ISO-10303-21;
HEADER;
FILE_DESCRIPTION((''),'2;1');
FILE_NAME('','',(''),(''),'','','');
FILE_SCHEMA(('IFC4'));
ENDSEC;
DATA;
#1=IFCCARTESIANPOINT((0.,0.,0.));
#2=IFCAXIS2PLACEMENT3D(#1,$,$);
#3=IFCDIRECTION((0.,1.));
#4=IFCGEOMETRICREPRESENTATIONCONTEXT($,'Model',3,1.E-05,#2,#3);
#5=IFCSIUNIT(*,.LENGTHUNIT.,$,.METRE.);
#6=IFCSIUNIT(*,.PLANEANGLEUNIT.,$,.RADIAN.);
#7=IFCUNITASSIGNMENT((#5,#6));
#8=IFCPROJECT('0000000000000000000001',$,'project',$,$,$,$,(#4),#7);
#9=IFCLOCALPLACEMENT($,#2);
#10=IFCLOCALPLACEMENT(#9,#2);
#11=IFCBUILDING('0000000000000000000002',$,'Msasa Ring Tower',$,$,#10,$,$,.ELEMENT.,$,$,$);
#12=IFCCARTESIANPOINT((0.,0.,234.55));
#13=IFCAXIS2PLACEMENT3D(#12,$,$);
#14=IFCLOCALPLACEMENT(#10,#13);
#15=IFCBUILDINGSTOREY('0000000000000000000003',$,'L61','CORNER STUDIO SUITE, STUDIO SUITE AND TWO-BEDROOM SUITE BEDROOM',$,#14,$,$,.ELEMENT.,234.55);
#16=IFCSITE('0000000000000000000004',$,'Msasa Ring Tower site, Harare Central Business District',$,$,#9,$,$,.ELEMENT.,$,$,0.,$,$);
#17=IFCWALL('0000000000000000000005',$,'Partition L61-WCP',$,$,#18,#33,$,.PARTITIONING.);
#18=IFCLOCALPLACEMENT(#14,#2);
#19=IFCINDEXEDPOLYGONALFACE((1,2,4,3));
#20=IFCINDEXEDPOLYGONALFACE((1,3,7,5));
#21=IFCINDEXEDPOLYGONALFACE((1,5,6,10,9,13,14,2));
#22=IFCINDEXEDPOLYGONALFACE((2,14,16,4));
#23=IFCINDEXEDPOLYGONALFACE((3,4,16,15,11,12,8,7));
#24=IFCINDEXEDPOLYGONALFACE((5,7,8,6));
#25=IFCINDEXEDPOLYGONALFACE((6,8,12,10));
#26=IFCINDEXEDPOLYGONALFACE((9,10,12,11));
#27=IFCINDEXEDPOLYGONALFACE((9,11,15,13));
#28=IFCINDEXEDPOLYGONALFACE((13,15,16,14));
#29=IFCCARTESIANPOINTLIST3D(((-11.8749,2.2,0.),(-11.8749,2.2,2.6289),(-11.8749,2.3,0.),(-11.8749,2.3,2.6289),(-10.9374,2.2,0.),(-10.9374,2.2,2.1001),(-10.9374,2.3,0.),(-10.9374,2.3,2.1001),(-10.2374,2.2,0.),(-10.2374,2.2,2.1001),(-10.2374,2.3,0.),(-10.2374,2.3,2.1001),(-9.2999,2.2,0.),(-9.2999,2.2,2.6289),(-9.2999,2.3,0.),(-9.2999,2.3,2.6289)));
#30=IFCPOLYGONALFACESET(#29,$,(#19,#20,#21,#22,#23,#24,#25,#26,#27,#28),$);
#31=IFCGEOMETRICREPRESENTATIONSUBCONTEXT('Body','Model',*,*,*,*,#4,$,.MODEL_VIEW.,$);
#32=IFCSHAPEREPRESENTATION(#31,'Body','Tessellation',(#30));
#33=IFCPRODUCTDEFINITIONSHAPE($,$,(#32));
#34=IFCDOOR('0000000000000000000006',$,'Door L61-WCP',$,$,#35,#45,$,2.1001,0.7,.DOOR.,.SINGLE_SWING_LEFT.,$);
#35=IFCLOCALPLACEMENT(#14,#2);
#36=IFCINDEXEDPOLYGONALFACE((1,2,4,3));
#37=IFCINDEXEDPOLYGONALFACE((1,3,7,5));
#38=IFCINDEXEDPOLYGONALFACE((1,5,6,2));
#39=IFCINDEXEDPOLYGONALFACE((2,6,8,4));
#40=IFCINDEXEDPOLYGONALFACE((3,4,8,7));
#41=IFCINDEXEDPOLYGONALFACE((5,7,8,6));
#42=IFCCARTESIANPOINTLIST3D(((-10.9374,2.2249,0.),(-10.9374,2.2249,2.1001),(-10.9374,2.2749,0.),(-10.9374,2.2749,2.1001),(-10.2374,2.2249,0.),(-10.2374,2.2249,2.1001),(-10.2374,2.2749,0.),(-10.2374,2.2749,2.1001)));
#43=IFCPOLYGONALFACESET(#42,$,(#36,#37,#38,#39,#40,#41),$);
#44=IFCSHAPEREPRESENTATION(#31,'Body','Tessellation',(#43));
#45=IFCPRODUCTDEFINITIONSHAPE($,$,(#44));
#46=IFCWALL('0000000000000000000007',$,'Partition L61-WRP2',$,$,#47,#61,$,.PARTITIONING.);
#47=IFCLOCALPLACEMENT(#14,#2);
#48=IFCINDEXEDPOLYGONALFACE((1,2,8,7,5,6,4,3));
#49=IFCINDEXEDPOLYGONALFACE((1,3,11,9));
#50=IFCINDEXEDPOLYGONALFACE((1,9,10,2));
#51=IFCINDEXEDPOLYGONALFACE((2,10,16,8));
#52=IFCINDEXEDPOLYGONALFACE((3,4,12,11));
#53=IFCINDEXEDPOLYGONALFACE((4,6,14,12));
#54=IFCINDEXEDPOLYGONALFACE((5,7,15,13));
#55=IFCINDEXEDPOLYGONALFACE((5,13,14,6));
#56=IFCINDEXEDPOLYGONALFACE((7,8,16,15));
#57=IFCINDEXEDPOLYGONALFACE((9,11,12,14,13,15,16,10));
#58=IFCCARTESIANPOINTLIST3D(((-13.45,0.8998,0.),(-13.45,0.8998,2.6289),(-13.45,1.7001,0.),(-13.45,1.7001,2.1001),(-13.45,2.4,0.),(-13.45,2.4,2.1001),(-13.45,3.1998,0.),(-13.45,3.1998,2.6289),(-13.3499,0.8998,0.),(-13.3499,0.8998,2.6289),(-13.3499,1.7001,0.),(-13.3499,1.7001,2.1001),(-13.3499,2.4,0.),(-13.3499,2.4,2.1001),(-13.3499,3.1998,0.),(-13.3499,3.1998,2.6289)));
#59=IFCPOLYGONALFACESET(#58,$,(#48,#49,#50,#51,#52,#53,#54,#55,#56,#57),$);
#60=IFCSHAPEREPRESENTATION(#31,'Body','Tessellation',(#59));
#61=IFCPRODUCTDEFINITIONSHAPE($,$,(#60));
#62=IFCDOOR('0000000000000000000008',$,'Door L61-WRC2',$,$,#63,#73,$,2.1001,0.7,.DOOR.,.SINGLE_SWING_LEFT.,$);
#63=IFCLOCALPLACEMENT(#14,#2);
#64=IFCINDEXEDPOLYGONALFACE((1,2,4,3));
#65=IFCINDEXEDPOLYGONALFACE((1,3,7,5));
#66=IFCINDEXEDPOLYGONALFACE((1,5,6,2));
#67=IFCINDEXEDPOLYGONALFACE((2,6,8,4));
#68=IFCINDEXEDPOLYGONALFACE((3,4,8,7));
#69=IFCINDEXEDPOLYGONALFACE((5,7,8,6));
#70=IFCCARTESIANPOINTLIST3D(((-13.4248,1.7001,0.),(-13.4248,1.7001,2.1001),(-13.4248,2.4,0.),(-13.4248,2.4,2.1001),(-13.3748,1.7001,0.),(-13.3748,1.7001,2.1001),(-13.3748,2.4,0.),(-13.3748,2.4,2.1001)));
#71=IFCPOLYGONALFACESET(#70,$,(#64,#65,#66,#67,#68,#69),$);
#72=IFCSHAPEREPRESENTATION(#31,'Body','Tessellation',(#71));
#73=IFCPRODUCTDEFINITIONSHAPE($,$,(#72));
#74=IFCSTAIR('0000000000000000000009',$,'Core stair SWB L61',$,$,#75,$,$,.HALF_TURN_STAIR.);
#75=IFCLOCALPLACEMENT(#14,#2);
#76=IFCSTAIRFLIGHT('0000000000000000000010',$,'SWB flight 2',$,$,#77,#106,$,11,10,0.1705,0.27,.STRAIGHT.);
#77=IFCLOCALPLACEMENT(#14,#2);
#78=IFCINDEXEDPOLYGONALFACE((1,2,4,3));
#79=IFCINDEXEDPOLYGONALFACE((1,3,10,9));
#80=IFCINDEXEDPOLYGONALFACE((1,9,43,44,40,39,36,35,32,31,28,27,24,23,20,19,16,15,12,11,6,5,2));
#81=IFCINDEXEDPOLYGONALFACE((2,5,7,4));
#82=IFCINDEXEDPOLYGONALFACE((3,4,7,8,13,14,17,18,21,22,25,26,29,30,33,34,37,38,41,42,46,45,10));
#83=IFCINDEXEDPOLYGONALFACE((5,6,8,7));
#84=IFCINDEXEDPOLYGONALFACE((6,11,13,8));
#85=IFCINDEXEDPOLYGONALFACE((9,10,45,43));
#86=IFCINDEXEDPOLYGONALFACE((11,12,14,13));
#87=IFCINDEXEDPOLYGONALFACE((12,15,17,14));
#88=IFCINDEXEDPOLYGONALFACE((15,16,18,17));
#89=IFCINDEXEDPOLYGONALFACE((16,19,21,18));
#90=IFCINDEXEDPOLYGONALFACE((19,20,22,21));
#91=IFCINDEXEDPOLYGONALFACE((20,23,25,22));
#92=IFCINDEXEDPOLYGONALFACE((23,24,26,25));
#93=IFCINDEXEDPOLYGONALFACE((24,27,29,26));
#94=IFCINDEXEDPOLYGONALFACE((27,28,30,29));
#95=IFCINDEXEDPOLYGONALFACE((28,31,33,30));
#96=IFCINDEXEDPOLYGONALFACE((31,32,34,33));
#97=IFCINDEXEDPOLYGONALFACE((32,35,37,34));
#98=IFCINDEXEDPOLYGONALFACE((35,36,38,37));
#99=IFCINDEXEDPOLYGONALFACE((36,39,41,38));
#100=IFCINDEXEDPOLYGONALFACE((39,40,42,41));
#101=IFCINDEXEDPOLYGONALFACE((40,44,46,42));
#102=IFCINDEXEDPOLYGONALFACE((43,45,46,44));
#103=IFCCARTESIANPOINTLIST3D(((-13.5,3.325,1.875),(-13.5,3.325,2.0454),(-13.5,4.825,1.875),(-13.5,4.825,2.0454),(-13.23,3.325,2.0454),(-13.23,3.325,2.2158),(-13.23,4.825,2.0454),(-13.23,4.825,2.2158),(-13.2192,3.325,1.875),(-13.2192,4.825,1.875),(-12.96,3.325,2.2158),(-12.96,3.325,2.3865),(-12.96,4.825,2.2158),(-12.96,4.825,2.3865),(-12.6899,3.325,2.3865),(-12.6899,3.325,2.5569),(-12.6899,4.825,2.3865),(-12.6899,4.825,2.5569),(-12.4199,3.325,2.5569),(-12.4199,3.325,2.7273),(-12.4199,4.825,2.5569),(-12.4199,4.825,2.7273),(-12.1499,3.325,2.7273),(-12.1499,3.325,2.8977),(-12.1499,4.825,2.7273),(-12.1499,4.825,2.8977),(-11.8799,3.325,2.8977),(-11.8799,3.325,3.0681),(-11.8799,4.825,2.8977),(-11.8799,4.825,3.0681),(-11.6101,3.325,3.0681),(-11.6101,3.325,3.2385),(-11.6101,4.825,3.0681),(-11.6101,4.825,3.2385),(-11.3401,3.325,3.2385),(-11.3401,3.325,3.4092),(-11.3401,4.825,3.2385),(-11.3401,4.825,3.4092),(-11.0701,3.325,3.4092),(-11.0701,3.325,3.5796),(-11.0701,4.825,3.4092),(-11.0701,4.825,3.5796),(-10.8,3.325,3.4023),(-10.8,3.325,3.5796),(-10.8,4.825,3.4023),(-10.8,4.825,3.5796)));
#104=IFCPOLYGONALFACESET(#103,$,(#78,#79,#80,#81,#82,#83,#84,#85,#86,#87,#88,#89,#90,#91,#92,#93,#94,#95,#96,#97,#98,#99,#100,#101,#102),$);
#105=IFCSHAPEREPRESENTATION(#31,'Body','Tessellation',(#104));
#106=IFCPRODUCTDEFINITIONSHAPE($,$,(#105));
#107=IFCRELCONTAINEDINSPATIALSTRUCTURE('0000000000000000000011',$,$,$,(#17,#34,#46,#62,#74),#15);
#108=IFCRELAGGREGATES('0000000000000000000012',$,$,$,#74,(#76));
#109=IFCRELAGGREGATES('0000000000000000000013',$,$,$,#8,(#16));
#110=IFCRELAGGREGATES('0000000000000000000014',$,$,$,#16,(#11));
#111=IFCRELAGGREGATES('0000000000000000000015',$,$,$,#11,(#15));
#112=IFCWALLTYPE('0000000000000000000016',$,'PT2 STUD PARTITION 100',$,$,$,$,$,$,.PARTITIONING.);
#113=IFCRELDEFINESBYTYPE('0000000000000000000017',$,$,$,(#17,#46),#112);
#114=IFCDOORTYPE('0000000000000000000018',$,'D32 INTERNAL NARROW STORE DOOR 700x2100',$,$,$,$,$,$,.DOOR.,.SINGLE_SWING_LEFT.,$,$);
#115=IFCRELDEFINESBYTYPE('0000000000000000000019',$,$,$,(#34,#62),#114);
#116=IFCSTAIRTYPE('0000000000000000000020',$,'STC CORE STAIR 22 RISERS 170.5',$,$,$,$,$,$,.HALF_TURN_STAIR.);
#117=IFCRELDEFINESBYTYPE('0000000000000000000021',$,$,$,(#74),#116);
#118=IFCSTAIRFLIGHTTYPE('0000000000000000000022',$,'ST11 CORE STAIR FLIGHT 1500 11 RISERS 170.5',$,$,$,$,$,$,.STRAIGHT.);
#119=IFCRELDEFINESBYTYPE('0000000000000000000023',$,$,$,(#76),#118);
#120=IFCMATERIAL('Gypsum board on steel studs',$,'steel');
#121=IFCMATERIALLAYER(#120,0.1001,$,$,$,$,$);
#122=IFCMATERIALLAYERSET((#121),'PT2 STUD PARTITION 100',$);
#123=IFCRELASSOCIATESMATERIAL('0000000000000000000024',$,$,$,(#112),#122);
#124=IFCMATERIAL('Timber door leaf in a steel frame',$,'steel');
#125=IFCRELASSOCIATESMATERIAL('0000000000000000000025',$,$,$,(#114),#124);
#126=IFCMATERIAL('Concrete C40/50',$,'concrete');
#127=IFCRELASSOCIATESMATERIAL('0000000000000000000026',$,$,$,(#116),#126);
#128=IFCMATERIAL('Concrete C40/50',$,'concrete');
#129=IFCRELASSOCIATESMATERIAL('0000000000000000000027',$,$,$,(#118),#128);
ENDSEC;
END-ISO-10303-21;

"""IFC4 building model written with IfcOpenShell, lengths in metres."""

from ifc_helpers import new_model, si_unit, direction, frame, frame_2d, origin, place, context, subcontext, project, spatial, polyline, rectangle, outline, extrude, material, layer, layer_set, type_object, element, fill, aggregate, save


model = new_model("IFC4")

# Units and contexts
model_context = context("Model", 3, precision=1e-05, world=origin(), true_north=direction((0.0, 1.0)))
body_context = subcontext(model_context, "Body", "Model", "MODEL_VIEW")
ifc_project = project(units=[si_unit("LENGTHUNIT", "METRE"), si_unit("PLANEANGLEUNIT", "RADIAN")], contexts=[model_context])

# Site, building, storey
site_placement = place(None, origin())
site = spatial("IfcSite", under=ifc_project, at=site_placement, Name="Msasa Ring Tower site, Harare Central Business District", CompositionType="ELEMENT", RefElevation=0.0)
building_placement = place(site_placement, origin())
building = spatial("IfcBuilding", under=site, at=building_placement, Name="Msasa Ring Tower", CompositionType="ELEMENT")
storey_placement = place(building_placement, frame((0.0, 0.0, 234.55)))
storey = spatial("IfcBuildingStorey", under=building, at=storey_placement, Name="L61", Description="CORNER STUDIO SUITE, STUDIO SUITE AND TWO-BEDROOM SUITE BEDROOM", CompositionType="ELEMENT", Elevation=234.55)

# Walls, openings, doors
ifc_material_1 = material(Name="Gypsum board on steel studs", Category="steel")
ifc_layer_1 = layer(ifc_material_1, 0.1001)
ifc_layer_set_1 = layer_set([ifc_layer_1], Name="PT2 STUD PARTITION 100")
wall_type_1 = type_object("IfcWallType", Name="PT2 STUD PARTITION 100", PredefinedType="PARTITIONING", material=ifc_layer_set_1)
wall_1_placement = place(storey_placement, frame((-11.875, 2.25, 0.0), z_axis=(0.0, 0.0, 1.0), x_axis=(1.0, 0.0, 0.0)))
wall_1 = element("IfcWall", 1, at=wall_1_placement, inside=storey, type_object=wall_type_1, Name="Partition L61-WCP", PredefinedType="PARTITIONING", context=body_context, shape_type="SweptSolid", body=[
    extrude(rectangle(XDim=2.575, YDim=0.1001, at=frame_2d((1.2876, 0.0))), origin(), (0.0, 0.0, 1.0), 2.6289),
])
opening_1_placement = place(wall_1_placement, frame((0.9375, 0.0, 0.0)))
opening_1 = element("IfcOpeningElement", 2, at=opening_1_placement, cuts=wall_1, PredefinedType="OPENING", context=body_context, shape_type="SweptSolid", body=[
    extrude(rectangle(XDim=0.7, YDim=2.1001, at=frame_2d((0.3501, 1.05))), frame((0.0, 0.0601, 0.0), z_axis=(0.0, -1.0, 0.0), x_axis=(1.0, 0.0, 0.0)), (0.0, 0.0, 1.0), 0.1201),
])
ifc_material_2 = material(Name="Timber door leaf in a steel frame", Category="steel")
door_type = type_object("IfcDoorType", Name="D32 INTERNAL NARROW STORE DOOR 700x2100", OperationType="SINGLE_SWING_LEFT", PredefinedType="DOOR", material=ifc_material_2)
door_1_placement = place(opening_1_placement, origin())
door_1 = element("IfcDoor", 3, at=door_1_placement, inside=storey, type_object=door_type, Name="Door L61-WCP", OperationType="SINGLE_SWING_LEFT", OverallHeight=2.1001, OverallWidth=0.7, PredefinedType="DOOR", context=body_context, shape_type="SweptSolid", body=[
    extrude(rectangle(XDim=0.7, YDim=2.1001, at=frame_2d((0.3501, 1.05))), frame((0.0, 0.0249, 0.0), z_axis=(0.0, -1.0, 0.0), x_axis=(1.0, 0.0, 0.0)), (0.0, 0.0, 1.0), 0.05),
])
fill(opening_1, door_1)
wall_2_placement = place(storey_placement, frame((-13.3999, 0.8999, 0.0), z_axis=(0.0, 0.0, 1.0), x_axis=(0.0, 1.0, 0.0)))
wall_2 = element("IfcWall", 4, at=wall_2_placement, inside=storey, type_object=wall_type_1, Name="Partition L61-WRP2", PredefinedType="PARTITIONING", context=body_context, shape_type="SweptSolid", body=[
    extrude(rectangle(XDim=2.3, YDim=0.1001, at=frame_2d((1.1499, 0.0))), origin(), (0.0, 0.0, 1.0), 2.6289),
])
opening_2_placement = place(wall_2_placement, frame((0.8, 0.0, 0.0)))
opening_2 = element("IfcOpeningElement", 5, at=opening_2_placement, cuts=wall_2, PredefinedType="OPENING", context=body_context, shape_type="SweptSolid", body=[
    extrude(rectangle(XDim=0.7, YDim=2.1001, at=frame_2d((0.3501, 1.05))), frame((0.0, 0.0601, 0.0), z_axis=(0.0, -1.0, 0.0), x_axis=(1.0, 0.0, 0.0)), (0.0, 0.0, 1.0), 0.1201),
])
door_2_placement = place(opening_2_placement, origin())
door_2 = element("IfcDoor", 6, at=door_2_placement, inside=storey, type_object=door_type, Name="Door L61-WRC2", OperationType="SINGLE_SWING_LEFT", OverallHeight=2.1001, OverallWidth=0.7, PredefinedType="DOOR", context=body_context, shape_type="SweptSolid", body=[
    extrude(rectangle(XDim=0.7, YDim=2.1001, at=frame_2d((0.3501, 1.05))), frame((0.0, 0.0249, 0.0), z_axis=(0.0, -1.0, 0.0), x_axis=(1.0, 0.0, 0.0)), (0.0, 0.0, 1.0), 0.05),
])
fill(opening_2, door_2)

# Stair, stair flight
ifc_material_3 = material(Name="Concrete C40/50", Category="concrete")
stair_type = type_object("IfcStairType", Name="STC CORE STAIR 22 RISERS 170.5", PredefinedType="HALF_TURN_STAIR", material=ifc_material_3)
stair_placement = place(storey_placement, origin())
stair = element("IfcStair", 7, at=stair_placement, inside=storey, type_object=stair_type, Name="Core stair SWB L61", PredefinedType="HALF_TURN_STAIR")
ifc_material_4 = material(Name="Concrete C40/50", Category="concrete")
stair_flight_type = type_object("IfcStairFlightType", Name="ST11 CORE STAIR FLIGHT 1500 11 RISERS 170.5", PredefinedType="STRAIGHT", material=ifc_material_4)
stair_flight_placement = place(storey_placement, frame((-13.5, 4.075, 1.875), z_axis=(0.0, 0.0, 1.0), x_axis=(1.0, 0.0, 0.0)))
stair_flight = element("IfcStairFlight", 8, at=stair_flight_placement, type_object=stair_flight_type, Name="SWB flight 2", NumberOfRisers=11, NumberOfTreads=10, PredefinedType="STRAIGHT", RiserHeight=0.1705, TreadLength=0.27, context=body_context, shape_type="SweptSolid", body=[
    extrude(outline(polyline([(0.0, 0.0), (0.0, 0.1704), (0.27, 0.1704), (0.27, 0.3408), (0.54, 0.3408), (0.54, 0.5115), (0.8101, 0.5115), (0.8101, 0.6819), (1.0801, 0.6819), (1.0801, 0.8523), (1.3501, 0.8523), (1.3501, 1.0227), (1.6201, 1.0227), (1.6201, 1.1931), (1.8899, 1.1931), (1.8899, 1.3635), (2.1599, 1.3635), (2.1599, 1.5342), (2.4299, 1.5342), (2.4299, 1.7046), (2.7, 1.7046), (2.7, 1.875), (2.7, 1.5273), (0.2808, 0.0), (0.0, 0.0)])), frame((0.0, 0.75, 0.0), z_axis=(0.0, -1.0, 0.0), x_axis=(1.0, 0.0, 0.0)), (0.0, 0.0, 1.0), 1.5),
])
aggregate(stair, [stair_flight])

save(model, "model.ifc")
